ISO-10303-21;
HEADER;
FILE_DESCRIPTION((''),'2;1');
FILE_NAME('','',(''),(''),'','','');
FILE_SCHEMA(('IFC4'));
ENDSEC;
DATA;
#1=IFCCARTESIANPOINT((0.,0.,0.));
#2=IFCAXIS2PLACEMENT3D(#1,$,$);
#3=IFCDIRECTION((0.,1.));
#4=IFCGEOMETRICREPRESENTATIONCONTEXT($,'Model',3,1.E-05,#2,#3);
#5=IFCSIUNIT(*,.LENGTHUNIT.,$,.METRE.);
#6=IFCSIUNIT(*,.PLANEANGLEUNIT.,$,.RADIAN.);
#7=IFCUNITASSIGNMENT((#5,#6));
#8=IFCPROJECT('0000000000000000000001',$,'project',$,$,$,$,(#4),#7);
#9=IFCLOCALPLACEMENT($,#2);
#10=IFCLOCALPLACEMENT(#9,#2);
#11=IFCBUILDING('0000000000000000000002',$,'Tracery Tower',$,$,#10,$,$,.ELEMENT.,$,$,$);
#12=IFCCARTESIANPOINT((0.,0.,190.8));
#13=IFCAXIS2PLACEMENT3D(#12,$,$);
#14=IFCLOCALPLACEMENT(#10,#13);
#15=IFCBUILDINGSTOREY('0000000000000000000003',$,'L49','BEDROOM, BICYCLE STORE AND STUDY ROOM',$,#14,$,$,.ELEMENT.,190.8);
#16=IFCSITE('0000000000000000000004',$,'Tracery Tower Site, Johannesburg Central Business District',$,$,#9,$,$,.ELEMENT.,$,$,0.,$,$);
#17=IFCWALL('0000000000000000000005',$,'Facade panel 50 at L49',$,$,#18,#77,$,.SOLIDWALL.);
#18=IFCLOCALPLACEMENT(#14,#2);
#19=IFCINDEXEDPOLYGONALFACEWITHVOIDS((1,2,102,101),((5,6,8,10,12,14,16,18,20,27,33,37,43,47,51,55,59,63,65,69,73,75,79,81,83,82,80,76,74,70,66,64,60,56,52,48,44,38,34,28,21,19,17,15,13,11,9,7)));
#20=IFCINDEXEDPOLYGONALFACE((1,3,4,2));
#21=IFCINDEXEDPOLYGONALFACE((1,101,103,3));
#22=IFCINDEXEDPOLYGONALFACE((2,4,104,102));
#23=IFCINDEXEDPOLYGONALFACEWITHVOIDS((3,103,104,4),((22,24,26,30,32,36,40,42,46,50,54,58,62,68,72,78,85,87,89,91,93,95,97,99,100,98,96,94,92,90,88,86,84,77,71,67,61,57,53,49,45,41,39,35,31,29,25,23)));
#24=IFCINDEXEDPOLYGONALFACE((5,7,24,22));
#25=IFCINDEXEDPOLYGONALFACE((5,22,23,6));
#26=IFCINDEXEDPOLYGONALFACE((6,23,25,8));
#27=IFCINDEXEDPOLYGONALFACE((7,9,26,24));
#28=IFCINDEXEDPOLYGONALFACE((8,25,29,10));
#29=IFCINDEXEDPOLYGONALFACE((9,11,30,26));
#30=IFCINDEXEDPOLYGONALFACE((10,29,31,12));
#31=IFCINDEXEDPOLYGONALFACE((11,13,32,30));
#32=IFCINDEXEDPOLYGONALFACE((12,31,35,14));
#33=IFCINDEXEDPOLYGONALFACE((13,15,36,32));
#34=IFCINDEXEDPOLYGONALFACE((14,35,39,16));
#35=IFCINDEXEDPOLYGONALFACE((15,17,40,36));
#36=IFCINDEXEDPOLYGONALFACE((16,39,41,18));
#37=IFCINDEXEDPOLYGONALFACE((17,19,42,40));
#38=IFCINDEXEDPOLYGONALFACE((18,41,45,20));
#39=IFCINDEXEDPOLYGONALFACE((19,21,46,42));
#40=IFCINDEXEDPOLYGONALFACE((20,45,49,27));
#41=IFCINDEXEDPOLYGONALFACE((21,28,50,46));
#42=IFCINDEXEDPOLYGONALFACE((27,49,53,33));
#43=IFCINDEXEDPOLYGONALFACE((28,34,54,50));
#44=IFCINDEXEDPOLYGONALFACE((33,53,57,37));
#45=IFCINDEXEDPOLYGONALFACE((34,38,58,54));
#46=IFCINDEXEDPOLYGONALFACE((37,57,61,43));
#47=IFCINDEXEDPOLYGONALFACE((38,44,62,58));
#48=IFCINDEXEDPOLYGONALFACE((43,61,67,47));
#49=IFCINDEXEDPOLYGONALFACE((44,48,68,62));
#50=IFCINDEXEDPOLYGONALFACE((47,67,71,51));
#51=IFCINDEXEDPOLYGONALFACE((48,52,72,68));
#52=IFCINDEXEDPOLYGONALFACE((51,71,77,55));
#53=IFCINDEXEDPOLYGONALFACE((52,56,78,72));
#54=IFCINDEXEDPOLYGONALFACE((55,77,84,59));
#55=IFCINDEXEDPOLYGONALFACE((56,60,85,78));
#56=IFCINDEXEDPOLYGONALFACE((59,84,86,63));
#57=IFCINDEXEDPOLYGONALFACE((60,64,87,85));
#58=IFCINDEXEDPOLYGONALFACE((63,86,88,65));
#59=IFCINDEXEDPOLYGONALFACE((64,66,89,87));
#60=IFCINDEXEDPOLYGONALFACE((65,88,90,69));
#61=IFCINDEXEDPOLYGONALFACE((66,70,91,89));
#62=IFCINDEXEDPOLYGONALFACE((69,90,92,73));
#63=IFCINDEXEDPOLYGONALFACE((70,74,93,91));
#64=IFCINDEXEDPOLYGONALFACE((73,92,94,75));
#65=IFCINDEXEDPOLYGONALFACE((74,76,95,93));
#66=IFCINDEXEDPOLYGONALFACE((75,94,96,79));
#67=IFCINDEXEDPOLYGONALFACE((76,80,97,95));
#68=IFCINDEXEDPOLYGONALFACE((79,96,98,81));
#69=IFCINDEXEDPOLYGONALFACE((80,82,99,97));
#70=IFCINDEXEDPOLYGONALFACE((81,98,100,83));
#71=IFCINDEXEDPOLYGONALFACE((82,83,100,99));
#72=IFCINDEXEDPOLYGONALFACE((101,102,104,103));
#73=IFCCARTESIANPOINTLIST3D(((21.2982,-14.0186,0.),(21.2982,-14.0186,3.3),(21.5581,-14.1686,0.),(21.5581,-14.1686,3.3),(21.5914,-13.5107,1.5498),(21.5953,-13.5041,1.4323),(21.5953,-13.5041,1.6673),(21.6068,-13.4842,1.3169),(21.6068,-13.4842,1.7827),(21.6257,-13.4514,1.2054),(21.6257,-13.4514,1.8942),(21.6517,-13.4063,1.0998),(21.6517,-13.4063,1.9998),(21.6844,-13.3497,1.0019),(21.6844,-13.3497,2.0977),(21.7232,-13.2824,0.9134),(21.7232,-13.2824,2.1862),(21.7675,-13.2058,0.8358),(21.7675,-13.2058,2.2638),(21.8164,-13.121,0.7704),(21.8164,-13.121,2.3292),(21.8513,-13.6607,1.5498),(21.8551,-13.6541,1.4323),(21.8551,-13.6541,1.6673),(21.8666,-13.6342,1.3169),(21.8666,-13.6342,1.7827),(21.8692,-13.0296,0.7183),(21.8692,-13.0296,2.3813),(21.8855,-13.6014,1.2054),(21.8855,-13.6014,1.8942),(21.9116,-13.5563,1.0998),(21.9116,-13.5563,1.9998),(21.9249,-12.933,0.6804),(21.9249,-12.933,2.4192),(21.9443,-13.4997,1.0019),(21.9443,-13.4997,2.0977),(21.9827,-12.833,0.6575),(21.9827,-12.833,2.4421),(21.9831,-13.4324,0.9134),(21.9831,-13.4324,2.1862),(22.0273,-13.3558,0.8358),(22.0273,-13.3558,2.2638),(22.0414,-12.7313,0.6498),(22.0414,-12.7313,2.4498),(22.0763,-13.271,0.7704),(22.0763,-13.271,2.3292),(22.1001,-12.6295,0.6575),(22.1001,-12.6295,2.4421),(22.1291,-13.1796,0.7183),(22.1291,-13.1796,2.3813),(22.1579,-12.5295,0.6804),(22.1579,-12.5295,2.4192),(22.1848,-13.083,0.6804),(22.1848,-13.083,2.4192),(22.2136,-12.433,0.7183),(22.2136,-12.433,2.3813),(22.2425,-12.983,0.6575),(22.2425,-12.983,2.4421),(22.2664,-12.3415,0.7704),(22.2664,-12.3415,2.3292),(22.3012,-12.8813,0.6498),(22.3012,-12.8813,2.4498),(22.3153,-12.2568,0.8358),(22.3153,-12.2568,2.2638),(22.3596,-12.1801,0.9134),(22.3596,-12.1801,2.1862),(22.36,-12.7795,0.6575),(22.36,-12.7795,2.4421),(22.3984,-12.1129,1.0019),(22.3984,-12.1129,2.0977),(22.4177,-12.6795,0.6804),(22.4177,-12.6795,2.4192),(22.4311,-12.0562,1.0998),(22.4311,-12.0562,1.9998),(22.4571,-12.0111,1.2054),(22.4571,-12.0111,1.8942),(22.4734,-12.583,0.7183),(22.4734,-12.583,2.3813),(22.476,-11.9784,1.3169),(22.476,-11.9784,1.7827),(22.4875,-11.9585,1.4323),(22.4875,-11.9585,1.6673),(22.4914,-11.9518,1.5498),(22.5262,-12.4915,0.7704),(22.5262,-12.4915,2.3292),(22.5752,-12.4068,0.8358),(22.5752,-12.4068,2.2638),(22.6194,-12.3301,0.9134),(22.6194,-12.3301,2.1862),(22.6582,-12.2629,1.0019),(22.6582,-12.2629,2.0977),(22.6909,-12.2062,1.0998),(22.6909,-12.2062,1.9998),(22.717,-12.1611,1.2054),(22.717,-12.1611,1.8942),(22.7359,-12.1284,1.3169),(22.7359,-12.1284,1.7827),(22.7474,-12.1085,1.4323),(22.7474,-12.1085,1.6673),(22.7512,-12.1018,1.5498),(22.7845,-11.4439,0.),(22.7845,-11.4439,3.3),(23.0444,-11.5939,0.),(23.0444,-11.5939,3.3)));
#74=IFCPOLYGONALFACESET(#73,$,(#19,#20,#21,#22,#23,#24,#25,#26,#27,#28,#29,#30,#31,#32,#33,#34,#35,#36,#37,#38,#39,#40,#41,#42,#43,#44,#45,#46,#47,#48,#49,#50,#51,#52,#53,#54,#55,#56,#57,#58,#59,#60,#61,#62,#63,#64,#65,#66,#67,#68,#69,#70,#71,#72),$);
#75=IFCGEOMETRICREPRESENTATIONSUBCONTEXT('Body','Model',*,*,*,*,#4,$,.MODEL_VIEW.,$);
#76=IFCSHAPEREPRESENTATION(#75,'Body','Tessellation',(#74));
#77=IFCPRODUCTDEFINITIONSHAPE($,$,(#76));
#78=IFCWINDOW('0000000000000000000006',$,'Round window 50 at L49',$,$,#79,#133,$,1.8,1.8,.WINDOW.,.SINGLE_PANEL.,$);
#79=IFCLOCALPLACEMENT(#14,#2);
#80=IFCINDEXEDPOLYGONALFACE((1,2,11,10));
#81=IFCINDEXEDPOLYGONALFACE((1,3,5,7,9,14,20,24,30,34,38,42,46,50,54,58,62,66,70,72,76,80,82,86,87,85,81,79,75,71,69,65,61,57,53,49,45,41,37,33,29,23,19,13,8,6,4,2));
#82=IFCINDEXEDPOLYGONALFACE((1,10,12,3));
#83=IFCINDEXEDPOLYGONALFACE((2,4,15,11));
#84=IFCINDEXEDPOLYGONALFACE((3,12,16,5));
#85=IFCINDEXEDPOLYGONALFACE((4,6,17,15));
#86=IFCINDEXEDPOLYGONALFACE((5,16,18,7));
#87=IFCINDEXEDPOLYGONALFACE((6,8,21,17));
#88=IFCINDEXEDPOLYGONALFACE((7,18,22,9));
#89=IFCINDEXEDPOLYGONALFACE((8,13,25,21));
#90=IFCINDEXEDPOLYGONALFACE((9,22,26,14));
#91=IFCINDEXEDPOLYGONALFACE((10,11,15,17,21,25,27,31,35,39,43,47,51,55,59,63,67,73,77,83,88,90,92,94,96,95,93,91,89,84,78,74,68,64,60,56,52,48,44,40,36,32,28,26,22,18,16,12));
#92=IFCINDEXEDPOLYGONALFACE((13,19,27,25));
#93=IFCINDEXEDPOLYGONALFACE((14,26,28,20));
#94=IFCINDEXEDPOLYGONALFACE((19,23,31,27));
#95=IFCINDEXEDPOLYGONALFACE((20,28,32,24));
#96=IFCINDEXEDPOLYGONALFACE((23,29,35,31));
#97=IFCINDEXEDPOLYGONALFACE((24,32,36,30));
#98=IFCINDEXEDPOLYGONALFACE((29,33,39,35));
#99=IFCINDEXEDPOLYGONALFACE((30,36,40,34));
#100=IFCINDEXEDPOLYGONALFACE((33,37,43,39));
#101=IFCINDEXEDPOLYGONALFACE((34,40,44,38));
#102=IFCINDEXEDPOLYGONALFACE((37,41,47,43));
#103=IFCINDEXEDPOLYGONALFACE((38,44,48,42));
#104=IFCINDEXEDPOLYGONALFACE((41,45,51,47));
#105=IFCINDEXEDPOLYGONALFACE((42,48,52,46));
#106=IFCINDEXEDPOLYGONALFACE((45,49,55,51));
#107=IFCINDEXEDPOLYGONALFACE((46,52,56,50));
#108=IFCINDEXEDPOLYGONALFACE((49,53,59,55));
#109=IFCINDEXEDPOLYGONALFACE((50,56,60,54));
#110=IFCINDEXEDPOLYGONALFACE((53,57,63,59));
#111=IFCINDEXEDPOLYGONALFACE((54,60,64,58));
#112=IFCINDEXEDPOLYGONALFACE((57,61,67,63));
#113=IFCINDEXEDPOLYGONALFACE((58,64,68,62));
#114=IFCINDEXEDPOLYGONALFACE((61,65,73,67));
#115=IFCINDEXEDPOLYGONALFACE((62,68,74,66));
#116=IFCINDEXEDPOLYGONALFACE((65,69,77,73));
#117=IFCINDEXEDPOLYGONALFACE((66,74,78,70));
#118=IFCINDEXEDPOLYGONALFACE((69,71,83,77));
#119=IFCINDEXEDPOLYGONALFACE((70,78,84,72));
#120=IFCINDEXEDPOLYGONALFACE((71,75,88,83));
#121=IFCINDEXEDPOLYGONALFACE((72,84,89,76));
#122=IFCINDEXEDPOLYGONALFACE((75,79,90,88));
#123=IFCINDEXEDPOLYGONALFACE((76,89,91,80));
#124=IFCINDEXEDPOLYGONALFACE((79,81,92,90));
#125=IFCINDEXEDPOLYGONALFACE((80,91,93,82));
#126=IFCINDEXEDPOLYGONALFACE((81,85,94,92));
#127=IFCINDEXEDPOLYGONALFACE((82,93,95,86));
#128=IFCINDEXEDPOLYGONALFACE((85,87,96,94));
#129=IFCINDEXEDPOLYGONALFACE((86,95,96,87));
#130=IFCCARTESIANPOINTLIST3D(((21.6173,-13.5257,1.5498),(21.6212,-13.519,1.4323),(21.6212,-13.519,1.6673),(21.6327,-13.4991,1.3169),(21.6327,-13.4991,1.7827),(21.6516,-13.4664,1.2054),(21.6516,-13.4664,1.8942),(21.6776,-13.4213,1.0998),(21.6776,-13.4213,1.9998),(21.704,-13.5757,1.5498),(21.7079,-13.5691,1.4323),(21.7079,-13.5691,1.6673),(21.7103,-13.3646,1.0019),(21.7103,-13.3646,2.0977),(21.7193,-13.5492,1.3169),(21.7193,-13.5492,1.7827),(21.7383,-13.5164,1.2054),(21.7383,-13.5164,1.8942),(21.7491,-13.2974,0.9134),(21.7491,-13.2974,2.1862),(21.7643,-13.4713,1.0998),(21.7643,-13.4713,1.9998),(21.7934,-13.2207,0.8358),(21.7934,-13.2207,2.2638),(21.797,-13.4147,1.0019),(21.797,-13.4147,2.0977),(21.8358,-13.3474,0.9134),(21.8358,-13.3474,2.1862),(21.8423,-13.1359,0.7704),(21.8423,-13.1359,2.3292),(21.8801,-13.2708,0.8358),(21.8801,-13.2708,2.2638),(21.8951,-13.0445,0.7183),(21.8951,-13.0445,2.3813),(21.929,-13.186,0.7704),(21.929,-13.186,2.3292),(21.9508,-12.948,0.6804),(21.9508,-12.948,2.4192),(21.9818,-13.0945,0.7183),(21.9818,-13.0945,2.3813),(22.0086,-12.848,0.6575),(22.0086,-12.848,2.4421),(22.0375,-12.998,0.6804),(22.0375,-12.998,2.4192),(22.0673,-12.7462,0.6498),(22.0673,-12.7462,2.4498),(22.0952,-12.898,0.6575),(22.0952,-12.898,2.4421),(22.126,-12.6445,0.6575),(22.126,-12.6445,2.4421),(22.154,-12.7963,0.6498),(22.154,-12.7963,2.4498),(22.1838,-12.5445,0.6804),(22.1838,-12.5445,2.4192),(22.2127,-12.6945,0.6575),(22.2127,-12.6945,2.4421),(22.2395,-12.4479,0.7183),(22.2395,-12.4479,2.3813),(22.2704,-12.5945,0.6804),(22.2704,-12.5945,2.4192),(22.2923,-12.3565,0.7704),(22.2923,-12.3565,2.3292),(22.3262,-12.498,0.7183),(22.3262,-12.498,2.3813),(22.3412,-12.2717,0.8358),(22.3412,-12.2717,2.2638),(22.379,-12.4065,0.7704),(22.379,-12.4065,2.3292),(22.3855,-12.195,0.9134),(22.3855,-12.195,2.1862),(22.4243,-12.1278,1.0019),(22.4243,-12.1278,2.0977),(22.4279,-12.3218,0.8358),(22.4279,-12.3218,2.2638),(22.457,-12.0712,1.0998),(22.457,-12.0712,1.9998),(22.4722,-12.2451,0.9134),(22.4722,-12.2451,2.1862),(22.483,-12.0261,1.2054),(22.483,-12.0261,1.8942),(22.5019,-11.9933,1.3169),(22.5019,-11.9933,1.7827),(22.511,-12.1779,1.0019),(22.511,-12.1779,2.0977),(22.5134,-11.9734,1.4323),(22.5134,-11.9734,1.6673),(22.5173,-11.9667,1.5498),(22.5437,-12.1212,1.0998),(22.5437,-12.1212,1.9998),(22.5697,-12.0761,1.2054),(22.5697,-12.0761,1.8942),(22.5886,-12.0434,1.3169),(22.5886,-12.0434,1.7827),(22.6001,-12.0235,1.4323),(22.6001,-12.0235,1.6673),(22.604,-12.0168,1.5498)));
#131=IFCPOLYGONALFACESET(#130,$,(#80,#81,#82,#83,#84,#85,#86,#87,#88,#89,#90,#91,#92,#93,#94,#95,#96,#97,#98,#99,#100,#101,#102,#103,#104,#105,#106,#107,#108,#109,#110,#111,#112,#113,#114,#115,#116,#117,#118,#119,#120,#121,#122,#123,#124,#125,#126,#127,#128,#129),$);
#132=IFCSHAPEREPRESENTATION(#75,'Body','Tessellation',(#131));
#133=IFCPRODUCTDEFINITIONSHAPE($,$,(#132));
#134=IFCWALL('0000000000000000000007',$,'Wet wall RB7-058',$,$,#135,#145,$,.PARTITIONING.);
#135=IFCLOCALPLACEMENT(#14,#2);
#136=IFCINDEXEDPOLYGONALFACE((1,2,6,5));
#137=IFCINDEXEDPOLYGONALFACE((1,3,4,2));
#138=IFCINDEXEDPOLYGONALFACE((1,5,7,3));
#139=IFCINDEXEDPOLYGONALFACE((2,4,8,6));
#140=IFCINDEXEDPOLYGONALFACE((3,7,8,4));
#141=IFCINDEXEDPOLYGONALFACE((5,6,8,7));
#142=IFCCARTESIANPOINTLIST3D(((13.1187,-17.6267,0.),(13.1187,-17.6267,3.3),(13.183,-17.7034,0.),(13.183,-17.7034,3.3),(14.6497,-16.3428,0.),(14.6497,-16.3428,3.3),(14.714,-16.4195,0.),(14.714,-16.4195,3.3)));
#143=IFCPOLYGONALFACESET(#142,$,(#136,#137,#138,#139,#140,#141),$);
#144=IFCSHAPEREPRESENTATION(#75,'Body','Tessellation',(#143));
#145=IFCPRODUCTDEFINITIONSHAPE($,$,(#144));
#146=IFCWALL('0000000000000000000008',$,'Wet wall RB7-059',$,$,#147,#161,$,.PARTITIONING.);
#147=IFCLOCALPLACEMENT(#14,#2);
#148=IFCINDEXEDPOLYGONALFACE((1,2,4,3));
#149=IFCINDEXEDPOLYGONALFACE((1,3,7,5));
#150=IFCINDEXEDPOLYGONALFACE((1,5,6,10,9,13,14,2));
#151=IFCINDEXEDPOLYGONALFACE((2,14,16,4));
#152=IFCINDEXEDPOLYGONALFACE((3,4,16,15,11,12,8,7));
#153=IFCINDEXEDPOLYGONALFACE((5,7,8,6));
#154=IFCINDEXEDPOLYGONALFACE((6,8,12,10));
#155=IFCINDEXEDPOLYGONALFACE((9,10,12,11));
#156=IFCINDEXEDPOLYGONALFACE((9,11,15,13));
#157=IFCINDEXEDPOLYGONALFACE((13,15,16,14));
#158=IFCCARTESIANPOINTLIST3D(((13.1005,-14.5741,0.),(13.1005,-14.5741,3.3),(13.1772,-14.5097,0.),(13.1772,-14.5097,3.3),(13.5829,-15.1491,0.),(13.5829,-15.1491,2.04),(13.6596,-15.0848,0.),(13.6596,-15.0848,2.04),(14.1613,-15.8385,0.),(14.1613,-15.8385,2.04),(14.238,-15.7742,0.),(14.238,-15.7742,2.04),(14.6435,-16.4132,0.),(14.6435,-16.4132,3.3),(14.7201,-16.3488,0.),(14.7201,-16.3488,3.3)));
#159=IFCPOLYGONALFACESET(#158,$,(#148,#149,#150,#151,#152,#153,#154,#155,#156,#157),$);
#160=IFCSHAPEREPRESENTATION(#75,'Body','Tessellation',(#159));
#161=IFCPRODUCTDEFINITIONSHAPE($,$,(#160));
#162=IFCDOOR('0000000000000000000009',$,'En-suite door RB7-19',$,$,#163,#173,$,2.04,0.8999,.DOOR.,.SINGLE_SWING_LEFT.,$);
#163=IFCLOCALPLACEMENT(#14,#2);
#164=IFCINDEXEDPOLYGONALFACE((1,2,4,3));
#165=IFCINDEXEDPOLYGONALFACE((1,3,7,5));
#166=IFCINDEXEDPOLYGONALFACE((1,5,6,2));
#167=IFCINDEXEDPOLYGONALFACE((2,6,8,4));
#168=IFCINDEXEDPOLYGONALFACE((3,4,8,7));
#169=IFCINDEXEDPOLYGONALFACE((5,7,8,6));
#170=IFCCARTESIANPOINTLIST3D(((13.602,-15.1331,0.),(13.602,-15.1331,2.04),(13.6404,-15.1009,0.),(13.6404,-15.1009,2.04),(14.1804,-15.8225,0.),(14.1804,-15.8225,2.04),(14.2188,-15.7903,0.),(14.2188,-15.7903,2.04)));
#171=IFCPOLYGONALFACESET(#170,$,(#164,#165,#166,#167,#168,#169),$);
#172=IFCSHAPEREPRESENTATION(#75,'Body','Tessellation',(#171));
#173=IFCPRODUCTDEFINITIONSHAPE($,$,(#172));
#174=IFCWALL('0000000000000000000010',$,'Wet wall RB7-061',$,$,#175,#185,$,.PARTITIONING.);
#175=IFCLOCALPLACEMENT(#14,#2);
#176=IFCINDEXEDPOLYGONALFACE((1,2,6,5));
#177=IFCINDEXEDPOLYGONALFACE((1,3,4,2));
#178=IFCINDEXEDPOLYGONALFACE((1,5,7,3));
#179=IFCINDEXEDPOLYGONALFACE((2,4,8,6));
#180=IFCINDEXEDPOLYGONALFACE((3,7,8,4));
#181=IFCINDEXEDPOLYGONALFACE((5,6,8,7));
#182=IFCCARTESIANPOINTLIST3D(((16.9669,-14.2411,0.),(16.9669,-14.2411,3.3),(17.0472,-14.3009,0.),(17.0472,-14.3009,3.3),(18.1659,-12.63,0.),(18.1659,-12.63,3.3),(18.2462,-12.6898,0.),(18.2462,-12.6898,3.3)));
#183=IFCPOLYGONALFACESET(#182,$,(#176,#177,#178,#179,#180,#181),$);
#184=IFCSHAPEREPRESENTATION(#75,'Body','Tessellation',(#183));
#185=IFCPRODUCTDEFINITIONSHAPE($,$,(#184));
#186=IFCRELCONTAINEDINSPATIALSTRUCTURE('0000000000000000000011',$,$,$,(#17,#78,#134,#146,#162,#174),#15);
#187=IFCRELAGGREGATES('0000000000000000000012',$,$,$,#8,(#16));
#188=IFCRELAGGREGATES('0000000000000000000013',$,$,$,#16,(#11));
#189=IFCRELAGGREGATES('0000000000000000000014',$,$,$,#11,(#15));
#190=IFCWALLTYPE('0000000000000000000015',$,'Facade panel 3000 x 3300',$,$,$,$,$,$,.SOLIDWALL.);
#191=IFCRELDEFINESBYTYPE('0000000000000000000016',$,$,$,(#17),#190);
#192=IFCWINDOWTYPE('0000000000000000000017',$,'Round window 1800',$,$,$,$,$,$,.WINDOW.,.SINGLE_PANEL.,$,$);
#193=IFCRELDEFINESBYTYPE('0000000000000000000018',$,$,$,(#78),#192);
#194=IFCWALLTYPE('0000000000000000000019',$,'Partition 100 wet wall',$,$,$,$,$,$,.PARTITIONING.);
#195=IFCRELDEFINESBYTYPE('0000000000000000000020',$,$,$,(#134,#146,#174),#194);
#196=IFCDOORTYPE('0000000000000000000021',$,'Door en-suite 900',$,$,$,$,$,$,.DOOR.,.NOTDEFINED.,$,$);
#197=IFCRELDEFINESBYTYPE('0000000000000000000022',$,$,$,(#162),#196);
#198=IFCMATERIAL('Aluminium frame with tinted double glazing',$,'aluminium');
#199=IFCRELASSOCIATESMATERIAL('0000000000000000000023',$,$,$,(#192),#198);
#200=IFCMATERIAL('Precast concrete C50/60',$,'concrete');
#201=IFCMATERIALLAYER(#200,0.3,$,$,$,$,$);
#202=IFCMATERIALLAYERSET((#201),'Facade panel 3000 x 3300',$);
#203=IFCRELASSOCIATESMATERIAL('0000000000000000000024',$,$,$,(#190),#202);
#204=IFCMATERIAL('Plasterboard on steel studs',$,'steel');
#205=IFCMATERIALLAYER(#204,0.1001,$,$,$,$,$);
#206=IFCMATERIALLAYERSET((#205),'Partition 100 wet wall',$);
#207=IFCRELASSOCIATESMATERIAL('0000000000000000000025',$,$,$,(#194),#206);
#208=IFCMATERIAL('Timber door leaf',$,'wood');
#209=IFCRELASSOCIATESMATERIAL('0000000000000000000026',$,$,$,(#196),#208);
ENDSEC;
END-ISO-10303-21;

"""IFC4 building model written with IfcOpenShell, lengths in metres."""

from ifc_helpers import new_model, si_unit, direction, frame, frame_2d, origin, origin_2d, place, context, subcontext, project, spatial, rectangle, circle, extrude, material, layer, layer_set, type_object, element, fill, save


model = new_model("IFC4")

# Units and contexts
model_context = context("Model", 3, precision=1e-05, world=origin(), true_north=direction((0.0, 1.0)))
body_context = subcontext(model_context, "Body", "Model", "MODEL_VIEW")
ifc_project = project(units=[si_unit("LENGTHUNIT", "METRE"), si_unit("PLANEANGLEUNIT", "RADIAN")], contexts=[model_context])

# Site, building, storey
site_placement = place(None, origin())
site = spatial("IfcSite", under=ifc_project, at=site_placement, Name="Tracery Tower Site, Johannesburg Central Business District", CompositionType="ELEMENT", RefElevation=0.0)
building_placement = place(site_placement, origin())
building = spatial("IfcBuilding", under=site, at=building_placement, Name="Tracery Tower", CompositionType="ELEMENT")
storey_placement = place(building_placement, frame((0.0, 0.0, 190.8)))
storey = spatial("IfcBuildingStorey", under=building, at=storey_placement, Name="L49", Description="BEDROOM, BICYCLE STORE AND STUDY ROOM", CompositionType="ELEMENT", Elevation=190.8)

# Wall, opening, window
ifc_material_1 = material(Name="Aluminium frame with tinted double glazing", Category="aluminium")
window_type = type_object("IfcWindowType", Name="Round window 1800", PartitioningType="SINGLE_PANEL", PredefinedType="WINDOW", material=ifc_material_1)
ifc_material_2 = material(Name="Precast concrete C50/60", Category="concrete")
ifc_layer_1 = layer(ifc_material_2, 0.3)
ifc_layer_set_1 = layer_set([ifc_layer_1], Name="Facade panel 3000 x 3300")
wall_type_1 = type_object("IfcWallType", Name="Facade panel 3000 x 3300", PredefinedType="SOLIDWALL", material=ifc_layer_set_1)
wall_1_placement = place(storey_placement, frame((21.4282, -14.0935, 0.0), z_axis=(0.0, 0.0, 1.0), x_axis=(0.499955, 0.866052, 0.0)))
wall_1 = element("IfcWall", 1, at=wall_1_placement, inside=storey, type_object=wall_type_1, Name="Facade panel 50 at L49", PredefinedType="SOLIDWALL", context=body_context, shape_type="SweptSolid", body=[
    extrude(rectangle(XDim=2.9729, YDim=0.3, at=frame_2d((1.4863, 0.0))), origin(), (0.0, 0.0, 1.0), 3.3),
])
opening_1_placement = place(wall_1_placement, frame((1.4863, 0.0, 1.5498)))
opening_1 = element("IfcOpeningElement", 2, at=opening_1_placement, cuts=wall_1, PredefinedType="OPENING", context=body_context, shape_type="SweptSolid", body=[
    extrude(circle(Radius=0.9, at=origin_2d()), frame((0.0, 0.1599, 0.0), z_axis=(0.0, -1.0, 0.0), x_axis=(1.0, 0.0, 0.0)), (0.0, 0.0, 1.0), 0.3201),
])
window_1_placement = place(opening_1_placement, origin())
window_1 = element("IfcWindow", 3, at=window_1_placement, inside=storey, type_object=window_type, Name="Round window 50 at L49", OverallHeight=1.8, OverallWidth=1.8, PartitioningType="SINGLE_PANEL", PredefinedType="WINDOW", context=body_context, shape_type="SweptSolid", body=[
    extrude(circle(Radius=0.9, at=origin_2d()), frame((0.0, 0.1201, 0.0), z_axis=(0.0, -1.0, 0.0), x_axis=(1.0, 0.0, 0.0)), (0.0, 0.0, 1.0), 0.1001),
])
fill(opening_1, window_1)

# Wall
ifc_material_3 = material(Name="Plasterboard on steel studs", Category="steel")
ifc_layer_2 = layer(ifc_material_3, 0.1001)
ifc_layer_set_2 = layer_set([ifc_layer_2], Name="Partition 100 wet wall")
wall_type_2 = type_object("IfcWallType", Name="Partition 100 wet wall", PredefinedType="PARTITIONING", material=ifc_layer_set_2)
wall_2_placement = place(storey_placement, frame((13.1509, -17.665, 0.0), z_axis=(0.0, 0.0, 1.0), x_axis=(0.766225, 0.642573, 0.0)))
element("IfcWall", 4, at=wall_2_placement, inside=storey, type_object=wall_type_2, Name="Wet wall RB7-058", PredefinedType="PARTITIONING", context=body_context, shape_type="SweptSolid", body=[
    extrude(rectangle(XDim=1.998, YDim=0.1001, at=frame_2d((0.999, 0.0))), origin(), (0.0, 0.0, 1.0), 3.3),
])

# Wall, opening, door
wall_3_placement = place(storey_placement, frame((13.1389, -14.542, 0.0), z_axis=(0.0, 0.0, 1.0), x_axis=(0.642732, -0.766091, 0.0)))
wall_3 = element("IfcWall", 5, at=wall_3_placement, inside=storey, type_object=wall_type_2, Name="Wet wall RB7-059", PredefinedType="PARTITIONING", context=body_context, shape_type="SweptSolid", body=[
    extrude(rectangle(XDim=2.4006, YDim=0.1001, at=frame_2d((1.2002, 0.0))), origin(), (0.0, 0.0, 1.0), 3.3),
])
opening_2_placement = place(wall_3_placement, frame((0.7505, 0.0, 0.0)))
opening_2 = element("IfcOpeningElement", 6, at=opening_2_placement, cuts=wall_3, PredefinedType="OPENING", context=body_context, shape_type="SweptSolid", body=[
    extrude(rectangle(XDim=0.8999, YDim=2.04, at=frame_2d((0.45, 1.02))), frame((0.0, 0.05, 0.0), z_axis=(0.0, -1.0, 0.0), x_axis=(1.0, 0.0, 0.0)), (0.0, 0.0, 1.0), 0.1001),
])
ifc_material_4 = material(Name="Timber door leaf", Category="wood")
door_type_1 = type_object("IfcDoorType", Name="Door en-suite 900", OperationType="NOTDEFINED", PredefinedType="DOOR", material=ifc_material_4)
door_1_placement = place(opening_2_placement, origin())
door_1 = element("IfcDoor", 7, at=door_1_placement, inside=storey, type_object=door_type_1, Name="En-suite door RB7-19", OperationType="SINGLE_SWING_LEFT", OverallHeight=2.04, OverallWidth=0.8999, PredefinedType="DOOR", context=body_context, shape_type="SweptSolid", body=[
    extrude(rectangle(XDim=0.8999, YDim=2.04, at=frame_2d((0.45, 1.02))), frame((0.0, 0.0249, 0.0), z_axis=(0.0, -1.0, 0.0), x_axis=(1.0, 0.0, 0.0)), (0.0, 0.0, 1.0), 0.05),
])
fill(opening_2, door_1)

# Wall
wall_4_placement = place(storey_placement, frame((17.0071, -14.271, 0.0), z_axis=(0.0, 0.0, 1.0), x_axis=(0.59702, 0.802226, 0.0)))
element("IfcWall", 8, at=wall_4_placement, inside=storey, type_object=wall_type_2, Name="Wet wall RB7-061", PredefinedType="PARTITIONING", context=body_context, shape_type="SweptSolid", body=[
    extrude(rectangle(XDim=2.0083, YDim=0.1001, at=frame_2d((1.0042, 0.0))), origin(), (0.0, 0.0, 1.0), 3.3),
])

save(model, "model.ifc")
